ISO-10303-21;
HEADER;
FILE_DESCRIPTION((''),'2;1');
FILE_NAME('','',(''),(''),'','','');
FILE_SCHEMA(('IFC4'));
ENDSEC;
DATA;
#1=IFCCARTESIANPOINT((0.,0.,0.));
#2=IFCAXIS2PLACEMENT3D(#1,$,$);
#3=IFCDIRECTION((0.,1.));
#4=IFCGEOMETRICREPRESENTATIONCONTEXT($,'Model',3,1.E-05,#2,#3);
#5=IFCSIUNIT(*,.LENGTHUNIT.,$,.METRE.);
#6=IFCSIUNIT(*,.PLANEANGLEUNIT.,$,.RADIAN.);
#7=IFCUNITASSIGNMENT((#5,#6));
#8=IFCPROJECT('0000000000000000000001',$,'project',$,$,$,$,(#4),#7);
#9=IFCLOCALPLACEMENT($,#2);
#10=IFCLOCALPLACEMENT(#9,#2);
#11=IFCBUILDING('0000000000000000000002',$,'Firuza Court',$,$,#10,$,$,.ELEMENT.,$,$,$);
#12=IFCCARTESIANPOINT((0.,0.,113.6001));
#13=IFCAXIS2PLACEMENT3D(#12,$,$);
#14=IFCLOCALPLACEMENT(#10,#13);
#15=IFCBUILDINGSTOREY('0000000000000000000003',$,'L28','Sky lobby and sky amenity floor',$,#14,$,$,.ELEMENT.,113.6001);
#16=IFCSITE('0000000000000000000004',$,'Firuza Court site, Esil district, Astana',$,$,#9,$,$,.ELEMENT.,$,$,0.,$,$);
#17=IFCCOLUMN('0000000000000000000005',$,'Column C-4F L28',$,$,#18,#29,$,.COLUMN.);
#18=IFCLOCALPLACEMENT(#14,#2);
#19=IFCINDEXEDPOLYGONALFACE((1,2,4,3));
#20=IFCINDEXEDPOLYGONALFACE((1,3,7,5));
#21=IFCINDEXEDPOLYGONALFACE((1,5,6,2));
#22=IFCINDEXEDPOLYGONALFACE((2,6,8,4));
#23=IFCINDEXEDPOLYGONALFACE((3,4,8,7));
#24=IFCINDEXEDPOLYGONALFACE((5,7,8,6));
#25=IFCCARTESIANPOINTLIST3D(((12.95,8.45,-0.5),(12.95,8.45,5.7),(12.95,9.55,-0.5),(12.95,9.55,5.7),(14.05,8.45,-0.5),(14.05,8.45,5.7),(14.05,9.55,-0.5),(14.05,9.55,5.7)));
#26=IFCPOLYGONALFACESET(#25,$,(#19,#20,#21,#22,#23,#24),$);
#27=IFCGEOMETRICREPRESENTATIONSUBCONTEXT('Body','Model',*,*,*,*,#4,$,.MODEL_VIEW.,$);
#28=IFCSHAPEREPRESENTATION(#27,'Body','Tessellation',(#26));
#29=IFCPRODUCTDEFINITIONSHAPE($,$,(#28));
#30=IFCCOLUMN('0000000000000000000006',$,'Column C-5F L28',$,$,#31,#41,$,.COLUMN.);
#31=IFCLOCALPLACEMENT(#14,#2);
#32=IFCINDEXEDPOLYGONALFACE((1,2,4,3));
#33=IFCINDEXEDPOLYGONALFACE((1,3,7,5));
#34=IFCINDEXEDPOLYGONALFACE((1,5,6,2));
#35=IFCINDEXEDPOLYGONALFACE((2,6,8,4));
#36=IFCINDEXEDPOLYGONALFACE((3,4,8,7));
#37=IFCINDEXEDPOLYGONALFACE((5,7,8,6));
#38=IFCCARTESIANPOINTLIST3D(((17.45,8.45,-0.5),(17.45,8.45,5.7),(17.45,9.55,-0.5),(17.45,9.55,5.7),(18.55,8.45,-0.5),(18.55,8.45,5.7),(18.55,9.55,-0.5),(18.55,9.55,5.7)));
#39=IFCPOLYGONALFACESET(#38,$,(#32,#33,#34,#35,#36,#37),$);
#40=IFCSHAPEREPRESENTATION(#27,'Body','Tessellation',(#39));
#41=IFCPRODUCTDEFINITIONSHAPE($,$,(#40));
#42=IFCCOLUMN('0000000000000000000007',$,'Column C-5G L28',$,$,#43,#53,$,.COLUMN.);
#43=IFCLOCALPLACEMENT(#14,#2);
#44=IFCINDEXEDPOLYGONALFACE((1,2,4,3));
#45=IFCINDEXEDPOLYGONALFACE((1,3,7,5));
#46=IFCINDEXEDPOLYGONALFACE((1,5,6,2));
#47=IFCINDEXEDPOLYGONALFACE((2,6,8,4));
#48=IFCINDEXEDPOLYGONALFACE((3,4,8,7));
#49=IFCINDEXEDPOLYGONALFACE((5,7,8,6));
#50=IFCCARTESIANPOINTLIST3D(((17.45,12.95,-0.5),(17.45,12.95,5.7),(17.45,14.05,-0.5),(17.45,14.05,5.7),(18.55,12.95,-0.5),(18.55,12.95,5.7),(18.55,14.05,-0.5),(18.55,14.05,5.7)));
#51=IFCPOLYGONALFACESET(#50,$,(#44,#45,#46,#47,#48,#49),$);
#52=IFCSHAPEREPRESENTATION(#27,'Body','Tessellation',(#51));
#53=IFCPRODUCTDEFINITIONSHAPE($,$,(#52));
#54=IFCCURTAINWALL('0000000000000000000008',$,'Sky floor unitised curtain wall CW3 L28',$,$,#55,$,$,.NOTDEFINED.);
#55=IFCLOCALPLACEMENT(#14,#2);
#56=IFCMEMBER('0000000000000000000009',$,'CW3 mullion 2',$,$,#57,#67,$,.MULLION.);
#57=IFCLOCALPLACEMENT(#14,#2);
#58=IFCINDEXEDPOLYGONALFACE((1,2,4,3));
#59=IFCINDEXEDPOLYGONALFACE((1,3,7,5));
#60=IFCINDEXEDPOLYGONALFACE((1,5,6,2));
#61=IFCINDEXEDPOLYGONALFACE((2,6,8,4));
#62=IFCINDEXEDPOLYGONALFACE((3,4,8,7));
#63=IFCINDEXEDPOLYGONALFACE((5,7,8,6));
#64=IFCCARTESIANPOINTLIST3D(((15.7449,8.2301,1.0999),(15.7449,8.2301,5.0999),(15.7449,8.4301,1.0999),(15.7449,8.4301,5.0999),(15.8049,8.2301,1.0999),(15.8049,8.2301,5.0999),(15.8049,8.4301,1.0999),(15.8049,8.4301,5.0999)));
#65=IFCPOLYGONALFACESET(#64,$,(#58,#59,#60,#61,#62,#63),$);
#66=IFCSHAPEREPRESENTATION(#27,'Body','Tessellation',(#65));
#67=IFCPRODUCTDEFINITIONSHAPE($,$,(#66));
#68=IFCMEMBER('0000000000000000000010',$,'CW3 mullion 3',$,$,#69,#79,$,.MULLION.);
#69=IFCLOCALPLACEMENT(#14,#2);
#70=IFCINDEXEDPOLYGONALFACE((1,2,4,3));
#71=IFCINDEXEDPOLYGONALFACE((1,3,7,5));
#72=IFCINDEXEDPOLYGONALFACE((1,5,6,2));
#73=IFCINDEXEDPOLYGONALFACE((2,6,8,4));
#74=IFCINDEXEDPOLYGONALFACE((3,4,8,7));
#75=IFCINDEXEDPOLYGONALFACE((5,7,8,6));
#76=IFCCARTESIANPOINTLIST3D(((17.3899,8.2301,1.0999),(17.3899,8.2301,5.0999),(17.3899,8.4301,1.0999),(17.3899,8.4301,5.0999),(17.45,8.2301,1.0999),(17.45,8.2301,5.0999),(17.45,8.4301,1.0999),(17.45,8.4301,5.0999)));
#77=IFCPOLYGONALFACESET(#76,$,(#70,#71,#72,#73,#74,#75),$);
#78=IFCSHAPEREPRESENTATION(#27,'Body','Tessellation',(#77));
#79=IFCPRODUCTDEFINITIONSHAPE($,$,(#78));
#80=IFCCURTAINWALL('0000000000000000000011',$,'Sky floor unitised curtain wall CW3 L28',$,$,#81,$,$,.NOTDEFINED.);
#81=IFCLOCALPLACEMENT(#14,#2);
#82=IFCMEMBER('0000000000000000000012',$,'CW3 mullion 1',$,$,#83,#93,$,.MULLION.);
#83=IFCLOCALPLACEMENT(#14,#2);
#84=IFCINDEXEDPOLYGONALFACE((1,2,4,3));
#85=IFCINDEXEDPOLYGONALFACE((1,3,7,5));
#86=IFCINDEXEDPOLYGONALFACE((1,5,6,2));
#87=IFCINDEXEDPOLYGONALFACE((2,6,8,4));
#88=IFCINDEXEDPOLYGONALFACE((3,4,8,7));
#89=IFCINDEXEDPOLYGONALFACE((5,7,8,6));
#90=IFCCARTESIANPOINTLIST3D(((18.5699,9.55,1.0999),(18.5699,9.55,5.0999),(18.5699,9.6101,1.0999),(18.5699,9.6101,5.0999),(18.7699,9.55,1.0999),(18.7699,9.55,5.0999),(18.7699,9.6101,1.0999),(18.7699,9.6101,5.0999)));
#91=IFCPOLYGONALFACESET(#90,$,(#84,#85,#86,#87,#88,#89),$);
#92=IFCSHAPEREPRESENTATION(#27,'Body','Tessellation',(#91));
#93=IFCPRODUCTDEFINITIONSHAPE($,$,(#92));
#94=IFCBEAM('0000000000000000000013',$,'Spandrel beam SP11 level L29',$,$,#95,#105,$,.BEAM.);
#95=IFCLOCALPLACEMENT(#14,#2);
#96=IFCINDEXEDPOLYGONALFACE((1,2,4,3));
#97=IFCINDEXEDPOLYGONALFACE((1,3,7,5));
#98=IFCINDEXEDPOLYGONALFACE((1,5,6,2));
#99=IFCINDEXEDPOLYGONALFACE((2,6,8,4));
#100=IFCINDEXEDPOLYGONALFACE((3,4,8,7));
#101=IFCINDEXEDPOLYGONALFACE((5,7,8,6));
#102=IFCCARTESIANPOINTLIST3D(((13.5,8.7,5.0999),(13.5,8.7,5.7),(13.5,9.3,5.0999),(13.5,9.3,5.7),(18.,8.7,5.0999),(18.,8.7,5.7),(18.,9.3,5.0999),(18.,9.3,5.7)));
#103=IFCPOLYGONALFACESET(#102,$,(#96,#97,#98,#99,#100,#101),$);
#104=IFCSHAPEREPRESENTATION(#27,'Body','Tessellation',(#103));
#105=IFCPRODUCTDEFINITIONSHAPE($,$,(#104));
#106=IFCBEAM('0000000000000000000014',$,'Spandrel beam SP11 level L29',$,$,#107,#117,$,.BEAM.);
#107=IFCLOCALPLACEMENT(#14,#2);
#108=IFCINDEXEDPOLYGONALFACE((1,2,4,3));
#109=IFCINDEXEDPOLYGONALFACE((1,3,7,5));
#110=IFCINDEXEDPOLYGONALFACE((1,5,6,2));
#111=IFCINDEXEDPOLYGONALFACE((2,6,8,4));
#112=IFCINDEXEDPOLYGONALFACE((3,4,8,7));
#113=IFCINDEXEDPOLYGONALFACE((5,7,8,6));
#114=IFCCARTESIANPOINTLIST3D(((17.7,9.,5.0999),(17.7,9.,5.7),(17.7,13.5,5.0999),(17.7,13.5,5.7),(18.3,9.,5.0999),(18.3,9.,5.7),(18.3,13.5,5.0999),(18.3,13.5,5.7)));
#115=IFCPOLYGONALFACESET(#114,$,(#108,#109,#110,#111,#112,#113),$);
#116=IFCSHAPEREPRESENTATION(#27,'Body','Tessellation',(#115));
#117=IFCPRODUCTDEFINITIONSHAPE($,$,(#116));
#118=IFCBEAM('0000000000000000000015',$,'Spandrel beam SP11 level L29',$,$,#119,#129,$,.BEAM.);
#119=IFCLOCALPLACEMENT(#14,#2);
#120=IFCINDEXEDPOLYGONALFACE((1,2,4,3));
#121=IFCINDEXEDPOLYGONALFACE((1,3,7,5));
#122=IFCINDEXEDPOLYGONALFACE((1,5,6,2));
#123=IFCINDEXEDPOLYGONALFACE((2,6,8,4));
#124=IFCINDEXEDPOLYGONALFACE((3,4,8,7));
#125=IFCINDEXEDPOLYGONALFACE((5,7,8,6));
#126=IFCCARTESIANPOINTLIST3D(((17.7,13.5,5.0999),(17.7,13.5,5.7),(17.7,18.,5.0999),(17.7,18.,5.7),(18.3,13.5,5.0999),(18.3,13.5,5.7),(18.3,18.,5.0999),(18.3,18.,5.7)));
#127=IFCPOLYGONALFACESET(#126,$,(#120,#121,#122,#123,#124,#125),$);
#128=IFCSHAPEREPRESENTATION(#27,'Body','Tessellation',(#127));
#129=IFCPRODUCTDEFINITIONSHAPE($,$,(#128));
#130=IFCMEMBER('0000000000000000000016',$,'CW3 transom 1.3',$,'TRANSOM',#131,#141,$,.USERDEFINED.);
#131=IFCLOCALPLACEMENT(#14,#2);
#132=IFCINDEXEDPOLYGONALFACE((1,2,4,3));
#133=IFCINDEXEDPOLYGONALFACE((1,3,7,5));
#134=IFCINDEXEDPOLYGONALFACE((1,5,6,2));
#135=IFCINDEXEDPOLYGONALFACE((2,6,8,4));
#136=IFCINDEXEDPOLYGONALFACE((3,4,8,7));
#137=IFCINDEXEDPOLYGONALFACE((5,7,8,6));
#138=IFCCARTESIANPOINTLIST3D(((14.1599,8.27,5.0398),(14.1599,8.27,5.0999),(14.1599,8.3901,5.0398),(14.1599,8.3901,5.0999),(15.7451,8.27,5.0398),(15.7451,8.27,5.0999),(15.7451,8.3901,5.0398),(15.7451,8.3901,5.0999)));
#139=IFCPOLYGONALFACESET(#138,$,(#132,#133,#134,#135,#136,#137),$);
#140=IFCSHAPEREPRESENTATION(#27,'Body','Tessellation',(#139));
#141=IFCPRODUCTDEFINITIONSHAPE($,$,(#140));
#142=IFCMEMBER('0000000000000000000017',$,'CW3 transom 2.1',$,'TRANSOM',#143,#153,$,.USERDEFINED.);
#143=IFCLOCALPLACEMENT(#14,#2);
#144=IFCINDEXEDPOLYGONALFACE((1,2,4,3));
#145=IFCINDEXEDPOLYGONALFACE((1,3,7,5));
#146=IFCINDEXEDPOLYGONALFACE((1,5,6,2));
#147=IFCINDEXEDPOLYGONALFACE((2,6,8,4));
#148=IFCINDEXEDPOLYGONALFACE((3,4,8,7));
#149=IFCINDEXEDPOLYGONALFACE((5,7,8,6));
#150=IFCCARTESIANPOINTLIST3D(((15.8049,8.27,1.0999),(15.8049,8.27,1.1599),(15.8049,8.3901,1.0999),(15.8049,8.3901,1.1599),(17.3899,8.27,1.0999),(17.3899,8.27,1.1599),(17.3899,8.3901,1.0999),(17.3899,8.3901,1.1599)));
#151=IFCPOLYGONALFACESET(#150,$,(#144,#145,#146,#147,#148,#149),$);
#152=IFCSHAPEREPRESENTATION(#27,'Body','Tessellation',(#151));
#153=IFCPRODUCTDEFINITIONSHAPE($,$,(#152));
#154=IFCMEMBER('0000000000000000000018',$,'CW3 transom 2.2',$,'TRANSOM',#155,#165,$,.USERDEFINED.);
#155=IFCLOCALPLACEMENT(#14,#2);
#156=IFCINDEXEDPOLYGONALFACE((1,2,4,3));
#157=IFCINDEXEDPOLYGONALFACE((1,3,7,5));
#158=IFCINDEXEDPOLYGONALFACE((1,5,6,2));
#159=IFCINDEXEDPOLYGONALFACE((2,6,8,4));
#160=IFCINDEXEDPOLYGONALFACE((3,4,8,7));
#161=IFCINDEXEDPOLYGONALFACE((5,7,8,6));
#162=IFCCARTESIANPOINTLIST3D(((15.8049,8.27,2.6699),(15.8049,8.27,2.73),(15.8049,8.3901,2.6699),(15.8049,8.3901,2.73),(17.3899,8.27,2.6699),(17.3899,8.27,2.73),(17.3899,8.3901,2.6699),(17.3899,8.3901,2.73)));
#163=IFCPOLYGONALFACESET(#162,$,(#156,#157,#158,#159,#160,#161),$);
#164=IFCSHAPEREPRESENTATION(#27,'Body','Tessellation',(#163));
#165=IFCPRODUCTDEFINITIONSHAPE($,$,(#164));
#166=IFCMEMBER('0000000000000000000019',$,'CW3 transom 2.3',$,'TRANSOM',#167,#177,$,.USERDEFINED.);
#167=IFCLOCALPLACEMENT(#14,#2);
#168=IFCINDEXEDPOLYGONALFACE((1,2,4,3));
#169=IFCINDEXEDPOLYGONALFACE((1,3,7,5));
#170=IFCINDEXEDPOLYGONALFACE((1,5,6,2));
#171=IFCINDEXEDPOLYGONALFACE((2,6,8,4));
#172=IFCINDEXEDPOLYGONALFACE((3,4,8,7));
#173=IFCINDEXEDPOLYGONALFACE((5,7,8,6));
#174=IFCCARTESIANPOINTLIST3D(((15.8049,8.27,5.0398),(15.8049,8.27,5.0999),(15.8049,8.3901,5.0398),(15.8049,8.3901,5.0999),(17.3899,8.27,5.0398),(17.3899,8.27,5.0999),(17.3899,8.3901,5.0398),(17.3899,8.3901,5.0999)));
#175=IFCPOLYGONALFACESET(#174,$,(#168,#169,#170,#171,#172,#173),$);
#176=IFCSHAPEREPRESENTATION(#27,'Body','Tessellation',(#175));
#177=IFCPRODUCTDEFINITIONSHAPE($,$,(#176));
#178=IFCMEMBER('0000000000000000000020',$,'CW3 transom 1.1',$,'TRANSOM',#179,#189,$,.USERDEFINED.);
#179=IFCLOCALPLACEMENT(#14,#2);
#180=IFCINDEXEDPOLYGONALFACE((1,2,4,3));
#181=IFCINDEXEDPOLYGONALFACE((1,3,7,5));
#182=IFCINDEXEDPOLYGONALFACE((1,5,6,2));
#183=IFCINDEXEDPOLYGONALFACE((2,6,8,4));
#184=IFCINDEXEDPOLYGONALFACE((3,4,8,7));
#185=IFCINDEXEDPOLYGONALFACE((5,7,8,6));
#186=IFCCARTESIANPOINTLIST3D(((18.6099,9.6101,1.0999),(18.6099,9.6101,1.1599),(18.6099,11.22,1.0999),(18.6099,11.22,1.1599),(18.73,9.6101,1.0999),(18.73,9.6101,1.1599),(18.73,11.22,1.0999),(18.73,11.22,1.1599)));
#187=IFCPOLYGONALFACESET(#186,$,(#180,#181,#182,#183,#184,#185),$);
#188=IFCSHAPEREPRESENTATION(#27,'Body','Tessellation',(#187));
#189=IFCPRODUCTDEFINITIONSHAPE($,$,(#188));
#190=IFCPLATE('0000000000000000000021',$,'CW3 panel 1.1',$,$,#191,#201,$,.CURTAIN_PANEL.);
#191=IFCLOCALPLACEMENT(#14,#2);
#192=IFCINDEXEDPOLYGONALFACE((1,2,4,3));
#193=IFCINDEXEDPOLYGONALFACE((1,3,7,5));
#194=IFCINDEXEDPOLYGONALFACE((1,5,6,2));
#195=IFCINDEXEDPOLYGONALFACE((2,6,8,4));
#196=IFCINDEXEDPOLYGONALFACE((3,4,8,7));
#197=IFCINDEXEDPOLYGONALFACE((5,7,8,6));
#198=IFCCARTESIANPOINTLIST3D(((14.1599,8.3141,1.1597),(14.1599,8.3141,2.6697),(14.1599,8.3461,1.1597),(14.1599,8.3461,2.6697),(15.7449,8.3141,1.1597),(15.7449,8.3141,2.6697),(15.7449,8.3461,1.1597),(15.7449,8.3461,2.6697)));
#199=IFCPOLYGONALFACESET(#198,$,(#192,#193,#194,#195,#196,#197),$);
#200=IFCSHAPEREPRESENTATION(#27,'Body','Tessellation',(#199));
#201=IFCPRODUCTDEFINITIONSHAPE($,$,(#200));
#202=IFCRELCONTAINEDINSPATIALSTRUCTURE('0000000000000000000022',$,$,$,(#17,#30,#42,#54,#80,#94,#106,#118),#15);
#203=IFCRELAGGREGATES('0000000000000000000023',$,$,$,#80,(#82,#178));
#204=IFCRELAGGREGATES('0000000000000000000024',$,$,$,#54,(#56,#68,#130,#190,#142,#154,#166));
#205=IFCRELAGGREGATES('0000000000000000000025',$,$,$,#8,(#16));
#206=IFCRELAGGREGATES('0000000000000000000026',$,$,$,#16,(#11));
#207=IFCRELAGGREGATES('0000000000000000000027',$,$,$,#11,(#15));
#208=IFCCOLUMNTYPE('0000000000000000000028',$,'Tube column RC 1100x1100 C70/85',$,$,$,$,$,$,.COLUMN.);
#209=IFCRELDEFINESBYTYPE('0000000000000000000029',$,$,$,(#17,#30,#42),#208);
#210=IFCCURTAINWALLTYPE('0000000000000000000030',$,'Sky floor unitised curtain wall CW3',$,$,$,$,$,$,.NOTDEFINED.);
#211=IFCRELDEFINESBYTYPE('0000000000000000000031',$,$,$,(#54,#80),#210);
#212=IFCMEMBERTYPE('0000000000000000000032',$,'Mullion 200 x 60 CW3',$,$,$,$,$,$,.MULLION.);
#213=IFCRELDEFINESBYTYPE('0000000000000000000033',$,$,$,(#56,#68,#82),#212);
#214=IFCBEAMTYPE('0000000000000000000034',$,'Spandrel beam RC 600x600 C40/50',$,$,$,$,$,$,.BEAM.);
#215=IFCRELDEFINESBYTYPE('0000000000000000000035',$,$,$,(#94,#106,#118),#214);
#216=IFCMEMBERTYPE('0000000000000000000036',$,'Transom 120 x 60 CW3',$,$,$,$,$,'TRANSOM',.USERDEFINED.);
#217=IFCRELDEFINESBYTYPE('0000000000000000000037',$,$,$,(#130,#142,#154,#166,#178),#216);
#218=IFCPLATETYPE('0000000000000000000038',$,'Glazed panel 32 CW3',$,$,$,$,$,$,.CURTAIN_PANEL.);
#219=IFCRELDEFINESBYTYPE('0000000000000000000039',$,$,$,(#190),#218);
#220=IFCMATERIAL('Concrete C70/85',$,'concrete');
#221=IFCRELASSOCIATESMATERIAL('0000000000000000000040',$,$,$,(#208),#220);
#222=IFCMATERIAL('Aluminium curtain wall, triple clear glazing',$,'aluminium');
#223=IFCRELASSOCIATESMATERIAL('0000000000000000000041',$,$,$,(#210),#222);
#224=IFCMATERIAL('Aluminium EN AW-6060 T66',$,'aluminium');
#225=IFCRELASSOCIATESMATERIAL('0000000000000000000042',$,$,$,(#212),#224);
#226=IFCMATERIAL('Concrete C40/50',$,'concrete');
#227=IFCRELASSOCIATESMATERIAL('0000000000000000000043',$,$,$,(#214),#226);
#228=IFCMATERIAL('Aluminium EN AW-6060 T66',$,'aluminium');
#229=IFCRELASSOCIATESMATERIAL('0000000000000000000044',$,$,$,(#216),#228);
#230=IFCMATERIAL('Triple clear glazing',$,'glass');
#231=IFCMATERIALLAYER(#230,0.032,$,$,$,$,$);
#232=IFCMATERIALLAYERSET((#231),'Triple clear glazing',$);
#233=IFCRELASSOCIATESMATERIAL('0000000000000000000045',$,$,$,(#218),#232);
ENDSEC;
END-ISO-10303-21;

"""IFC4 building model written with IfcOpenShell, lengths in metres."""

from ifc_helpers import new_model, si_unit, direction, frame, origin, origin_2d, place, context, subcontext, project, spatial, rectangle, extrude, material, layer, layer_set, material_profile, profile_set, type_object, element, aggregate, save


model = new_model("IFC4")

# Units and contexts
model_context = context("Model", 3, precision=1e-05, world=origin(), true_north=direction((0.0, 1.0)))
body_context = subcontext(model_context, "Body", "Model", "MODEL_VIEW")
ifc_project = project(units=[si_unit("LENGTHUNIT", "METRE"), si_unit("PLANEANGLEUNIT", "RADIAN")], contexts=[model_context])

# Site, building, storey
site_placement = place(None, origin())
site = spatial("IfcSite", under=ifc_project, at=site_placement, Name="Firuza Court site, Esil district, Astana", CompositionType="ELEMENT", RefElevation=0.0)
building_placement = place(site_placement, origin())
building = spatial("IfcBuilding", under=site, at=building_placement, Name="Firuza Court", CompositionType="ELEMENT")
storey_placement = place(building_placement, frame((0.0, 0.0, 113.6001)))
storey = spatial("IfcBuildingStorey", under=building, at=storey_placement, Name="L28", Description="Sky lobby and sky amenity floor", CompositionType="ELEMENT", Elevation=113.6001)

# Columns
ifc_material_1 = material(Name="Concrete C70/85", Category="concrete")
ifc_material_profile_1 = material_profile(ifc_material_1, rectangle(XDim=1.1001, YDim=1.1001, at=origin_2d()), Name="RC 1100x1100")
ifc_profile_set_1 = profile_set([ifc_material_profile_1], Name="Concrete C70/85")
column_type = type_object("IfcColumnType", Name="Tube column RC 1100x1100 C70/85", PredefinedType="COLUMN", material=ifc_profile_set_1)
for number, where, z_axis, x_axis, name in (
    (1, (13.5, 9.0, -0.5), (0.0, 0.0, 1.0), (1.0, 0.0, 0.0), "Column C-4F L28"),
    (2, (18.0, 9.0, -0.5), (0.0, 0.0, 1.0), (1.0, 0.0, 0.0), "Column C-5F L28"),
    (3, (18.0, 13.5, -0.5), (0.0, 0.0, 1.0), (1.0, 0.0, 0.0), "Column C-5G L28"),
):
    element("IfcColumn", number, at=place(storey_placement, frame(where, z_axis=z_axis, x_axis=x_axis)), inside=storey, type_object=column_type, Name=name, PredefinedType="COLUMN", context=body_context, shape_type="SweptSolid", body=[
        extrude(rectangle(XDim=1.1001, YDim=1.1001, at=origin_2d()), origin(), (0.0, 0.0, 1.0), 6.2),
    ])

# Curtain wall, members
ifc_material_2 = material(Name="Aluminium curtain wall, triple clear glazing", Category="aluminium")
curtain_wall_type = type_object("IfcCurtainWallType", Name="Sky floor unitised curtain wall CW3", PredefinedType="NOTDEFINED", material=ifc_material_2)
curtain_wall_1_placement = place(storey_placement, origin())
curtain_wall_1 = element("IfcCurtainWall", 4, at=curtain_wall_1_placement, inside=storey, type_object=curtain_wall_type, Name="Sky floor unitised curtain wall CW3 L28", PredefinedType="NOTDEFINED")
ifc_material_3 = material(Name="Aluminium EN AW-6060 T66", Category="aluminium")
ifc_material_profile_2 = material_profile(ifc_material_3, rectangle(XDim=0.2, YDim=0.0601, at=origin_2d()), Name="Mullion 200 x 60 CW3")
ifc_profile_set_2 = profile_set([ifc_material_profile_2], Name="Aluminium EN AW-6060 T66")
member_type_1 = type_object("IfcMemberType", Name="Mullion 200 x 60 CW3", PredefinedType="MULLION", material=ifc_profile_set_2)
member_1_placement = place(storey_placement, frame((15.7749, 8.3301, 1.0999), z_axis=(0.0, 0.0, 1.0), x_axis=(0.0, 1.0, 0.0)))
member_1 = element("IfcMember", 5, at=member_1_placement, type_object=member_type_1, Name="CW3 mullion 2", PredefinedType="MULLION", context=body_context, shape_type="SweptSolid", body=[
    extrude(rectangle(XDim=0.2, YDim=0.0601, at=origin_2d()), origin(), (0.0, 0.0, 1.0), 4.0),
])
member_2_placement = place(storey_placement, frame((17.4199, 8.3301, 1.0999), z_axis=(0.0, 0.0, 1.0), x_axis=(0.0, 1.0, 0.0)))
member_2 = element("IfcMember", 6, at=member_2_placement, type_object=member_type_1, Name="CW3 mullion 3", PredefinedType="MULLION", context=body_context, shape_type="SweptSolid", body=[
    extrude(rectangle(XDim=0.2, YDim=0.0601, at=origin_2d()), origin(), (0.0, 0.0, 1.0), 4.0),
])

# Curtain wall, member
curtain_wall_2_placement = place(storey_placement, origin())
curtain_wall_2 = element("IfcCurtainWall", 7, at=curtain_wall_2_placement, inside=storey, type_object=curtain_wall_type, Name="Sky floor unitised curtain wall CW3 L28", PredefinedType="NOTDEFINED")
member_3_placement = place(storey_placement, frame((18.6699, 9.5801, 1.0999), z_axis=(0.0, 0.0, 1.0), x_axis=(-1.0, 0.0, 0.0)))
member_3 = element("IfcMember", 8, at=member_3_placement, type_object=member_type_1, Name="CW3 mullion 1", PredefinedType="MULLION", context=body_context, shape_type="SweptSolid", body=[
    extrude(rectangle(XDim=0.2, YDim=0.0601, at=origin_2d()), origin(), (0.0, 0.0, 1.0), 4.0),
])

# Beams
ifc_material_4 = material(Name="Concrete C40/50", Category="concrete")
ifc_material_profile_3 = material_profile(ifc_material_4, rectangle(XDim=0.6001, YDim=0.6001, at=origin_2d()), Name="RC 600x600")
ifc_profile_set_3 = profile_set([ifc_material_profile_3], Name="Concrete C40/50")
beam_type = type_object("IfcBeamType", Name="Spandrel beam RC 600x600 C40/50", PredefinedType="BEAM", material=ifc_profile_set_3)
for number, where, z_axis, x_axis, name in (
    (9, (13.5, 9.0, 5.3999), (1.0, 0.0, 0.0), (0.0, 1.0, 0.0), "Spandrel beam SP11 level L29"),
    (10, (18.0, 9.0, 5.3999), (0.0, 1.0, 0.0), (-1.0, 0.0, 0.0), "Spandrel beam SP11 level L29"),
    (11, (18.0, 13.5, 5.3999), (0.0, 1.0, 0.0), (-1.0, 0.0, 0.0), "Spandrel beam SP11 level L29"),
):
    element("IfcBeam", number, at=place(storey_placement, frame(where, z_axis=z_axis, x_axis=x_axis)), inside=storey, type_object=beam_type, Name=name, PredefinedType="BEAM", context=body_context, shape_type="SweptSolid", body=[
        extrude(rectangle(XDim=0.6001, YDim=0.6001, at=origin_2d()), origin(), (0.0, 0.0, 1.0), 4.5),
    ])

# Members
ifc_material_5 = material(Name="Aluminium EN AW-6060 T66", Category="aluminium")
ifc_material_profile_4 = material_profile(ifc_material_5, rectangle(XDim=0.1201, YDim=0.0601, at=origin_2d()), Name="Transom 120 x 60 CW3")
ifc_profile_set_4 = profile_set([ifc_material_profile_4], Name="Aluminium EN AW-6060 T66")
member_type_2 = type_object("IfcMemberType", Name="Transom 120 x 60 CW3", ElementType="TRANSOM", PredefinedType="USERDEFINED", material=ifc_profile_set_4)
member_4_placement = place(storey_placement, frame((14.1599, 8.3301, 5.0698), z_axis=(1.0, 0.0, 0.0), x_axis=(0.0, 1.0, 0.0)))
member_4 = element("IfcMember", 12, at=member_4_placement, type_object=member_type_2, Name="CW3 transom 1.3", ObjectType="TRANSOM", PredefinedType="USERDEFINED", context=body_context, shape_type="SweptSolid", body=[
    extrude(rectangle(XDim=0.1201, YDim=0.0601, at=origin_2d()), origin(), (0.0, 0.0, 1.0), 1.5852),
])
member_5_placement = place(storey_placement, frame((15.8049, 8.3301, 1.1299), z_axis=(1.0, 0.0, 0.0), x_axis=(0.0, 1.0, 0.0)))
member_5 = element("IfcMember", 13, at=member_5_placement, type_object=member_type_2, Name="CW3 transom 2.1", ObjectType="TRANSOM", PredefinedType="USERDEFINED", context=body_context, shape_type="SweptSolid", body=[
    extrude(rectangle(XDim=0.1201, YDim=0.0601, at=origin_2d()), origin(), (0.0, 0.0, 1.0), 1.585),
])
member_6_placement = place(storey_placement, frame((15.8049, 8.3301, 2.7), z_axis=(1.0, 0.0, 0.0), x_axis=(0.0, 1.0, 0.0)))
member_6 = element("IfcMember", 14, at=member_6_placement, type_object=member_type_2, Name="CW3 transom 2.2", ObjectType="TRANSOM", PredefinedType="USERDEFINED", context=body_context, shape_type="SweptSolid", body=[
    extrude(rectangle(XDim=0.1201, YDim=0.0601, at=origin_2d()), origin(), (0.0, 0.0, 1.0), 1.585),
])
member_7_placement = place(storey_placement, frame((15.8049, 8.3301, 5.0698), z_axis=(1.0, 0.0, 0.0), x_axis=(0.0, 1.0, 0.0)))
member_7 = element("IfcMember", 15, at=member_7_placement, type_object=member_type_2, Name="CW3 transom 2.3", ObjectType="TRANSOM", PredefinedType="USERDEFINED", context=body_context, shape_type="SweptSolid", body=[
    extrude(rectangle(XDim=0.1201, YDim=0.0601, at=origin_2d()), origin(), (0.0, 0.0, 1.0), 1.585),
])
member_8_placement = place(storey_placement, frame((18.6699, 9.6101, 1.1299), z_axis=(0.0, 1.0, 0.0), x_axis=(-1.0, 0.0, 0.0)))
member_8 = element("IfcMember", 16, at=member_8_placement, type_object=member_type_2, Name="CW3 transom 1.1", ObjectType="TRANSOM", PredefinedType="USERDEFINED", context=body_context, shape_type="SweptSolid", body=[
    extrude(rectangle(XDim=0.1201, YDim=0.0601, at=origin_2d()), origin(), (0.0, 0.0, 1.0), 1.6099),
])
aggregate(curtain_wall_2, [member_3, member_8])

# Plate
ifc_material_6 = material(Name="Triple clear glazing", Category="glass")
ifc_layer_1 = layer(ifc_material_6, 0.032)
ifc_layer_set_1 = layer_set([ifc_layer_1], Name="Triple clear glazing")
plate_type = type_object("IfcPlateType", Name="Glazed panel 32 CW3", PredefinedType="CURTAIN_PANEL", material=ifc_layer_set_1)
plate_1_placement = place(storey_placement, frame((14.9524, 8.3301, 1.1597), z_axis=(0.0, 0.0, 1.0), x_axis=(1.0, 0.0, 0.0)))
plate_1 = element("IfcPlate", 17, at=plate_1_placement, type_object=plate_type, Name="CW3 panel 1.1", PredefinedType="CURTAIN_PANEL", context=body_context, shape_type="SweptSolid", body=[
    extrude(rectangle(XDim=1.585, YDim=0.032, at=origin_2d()), origin(), (0.0, 0.0, 1.0), 1.51),
])
aggregate(curtain_wall_1, [member_1, member_2, member_4, plate_1, member_5, member_6, member_7])

save(model, "model.ifc")
